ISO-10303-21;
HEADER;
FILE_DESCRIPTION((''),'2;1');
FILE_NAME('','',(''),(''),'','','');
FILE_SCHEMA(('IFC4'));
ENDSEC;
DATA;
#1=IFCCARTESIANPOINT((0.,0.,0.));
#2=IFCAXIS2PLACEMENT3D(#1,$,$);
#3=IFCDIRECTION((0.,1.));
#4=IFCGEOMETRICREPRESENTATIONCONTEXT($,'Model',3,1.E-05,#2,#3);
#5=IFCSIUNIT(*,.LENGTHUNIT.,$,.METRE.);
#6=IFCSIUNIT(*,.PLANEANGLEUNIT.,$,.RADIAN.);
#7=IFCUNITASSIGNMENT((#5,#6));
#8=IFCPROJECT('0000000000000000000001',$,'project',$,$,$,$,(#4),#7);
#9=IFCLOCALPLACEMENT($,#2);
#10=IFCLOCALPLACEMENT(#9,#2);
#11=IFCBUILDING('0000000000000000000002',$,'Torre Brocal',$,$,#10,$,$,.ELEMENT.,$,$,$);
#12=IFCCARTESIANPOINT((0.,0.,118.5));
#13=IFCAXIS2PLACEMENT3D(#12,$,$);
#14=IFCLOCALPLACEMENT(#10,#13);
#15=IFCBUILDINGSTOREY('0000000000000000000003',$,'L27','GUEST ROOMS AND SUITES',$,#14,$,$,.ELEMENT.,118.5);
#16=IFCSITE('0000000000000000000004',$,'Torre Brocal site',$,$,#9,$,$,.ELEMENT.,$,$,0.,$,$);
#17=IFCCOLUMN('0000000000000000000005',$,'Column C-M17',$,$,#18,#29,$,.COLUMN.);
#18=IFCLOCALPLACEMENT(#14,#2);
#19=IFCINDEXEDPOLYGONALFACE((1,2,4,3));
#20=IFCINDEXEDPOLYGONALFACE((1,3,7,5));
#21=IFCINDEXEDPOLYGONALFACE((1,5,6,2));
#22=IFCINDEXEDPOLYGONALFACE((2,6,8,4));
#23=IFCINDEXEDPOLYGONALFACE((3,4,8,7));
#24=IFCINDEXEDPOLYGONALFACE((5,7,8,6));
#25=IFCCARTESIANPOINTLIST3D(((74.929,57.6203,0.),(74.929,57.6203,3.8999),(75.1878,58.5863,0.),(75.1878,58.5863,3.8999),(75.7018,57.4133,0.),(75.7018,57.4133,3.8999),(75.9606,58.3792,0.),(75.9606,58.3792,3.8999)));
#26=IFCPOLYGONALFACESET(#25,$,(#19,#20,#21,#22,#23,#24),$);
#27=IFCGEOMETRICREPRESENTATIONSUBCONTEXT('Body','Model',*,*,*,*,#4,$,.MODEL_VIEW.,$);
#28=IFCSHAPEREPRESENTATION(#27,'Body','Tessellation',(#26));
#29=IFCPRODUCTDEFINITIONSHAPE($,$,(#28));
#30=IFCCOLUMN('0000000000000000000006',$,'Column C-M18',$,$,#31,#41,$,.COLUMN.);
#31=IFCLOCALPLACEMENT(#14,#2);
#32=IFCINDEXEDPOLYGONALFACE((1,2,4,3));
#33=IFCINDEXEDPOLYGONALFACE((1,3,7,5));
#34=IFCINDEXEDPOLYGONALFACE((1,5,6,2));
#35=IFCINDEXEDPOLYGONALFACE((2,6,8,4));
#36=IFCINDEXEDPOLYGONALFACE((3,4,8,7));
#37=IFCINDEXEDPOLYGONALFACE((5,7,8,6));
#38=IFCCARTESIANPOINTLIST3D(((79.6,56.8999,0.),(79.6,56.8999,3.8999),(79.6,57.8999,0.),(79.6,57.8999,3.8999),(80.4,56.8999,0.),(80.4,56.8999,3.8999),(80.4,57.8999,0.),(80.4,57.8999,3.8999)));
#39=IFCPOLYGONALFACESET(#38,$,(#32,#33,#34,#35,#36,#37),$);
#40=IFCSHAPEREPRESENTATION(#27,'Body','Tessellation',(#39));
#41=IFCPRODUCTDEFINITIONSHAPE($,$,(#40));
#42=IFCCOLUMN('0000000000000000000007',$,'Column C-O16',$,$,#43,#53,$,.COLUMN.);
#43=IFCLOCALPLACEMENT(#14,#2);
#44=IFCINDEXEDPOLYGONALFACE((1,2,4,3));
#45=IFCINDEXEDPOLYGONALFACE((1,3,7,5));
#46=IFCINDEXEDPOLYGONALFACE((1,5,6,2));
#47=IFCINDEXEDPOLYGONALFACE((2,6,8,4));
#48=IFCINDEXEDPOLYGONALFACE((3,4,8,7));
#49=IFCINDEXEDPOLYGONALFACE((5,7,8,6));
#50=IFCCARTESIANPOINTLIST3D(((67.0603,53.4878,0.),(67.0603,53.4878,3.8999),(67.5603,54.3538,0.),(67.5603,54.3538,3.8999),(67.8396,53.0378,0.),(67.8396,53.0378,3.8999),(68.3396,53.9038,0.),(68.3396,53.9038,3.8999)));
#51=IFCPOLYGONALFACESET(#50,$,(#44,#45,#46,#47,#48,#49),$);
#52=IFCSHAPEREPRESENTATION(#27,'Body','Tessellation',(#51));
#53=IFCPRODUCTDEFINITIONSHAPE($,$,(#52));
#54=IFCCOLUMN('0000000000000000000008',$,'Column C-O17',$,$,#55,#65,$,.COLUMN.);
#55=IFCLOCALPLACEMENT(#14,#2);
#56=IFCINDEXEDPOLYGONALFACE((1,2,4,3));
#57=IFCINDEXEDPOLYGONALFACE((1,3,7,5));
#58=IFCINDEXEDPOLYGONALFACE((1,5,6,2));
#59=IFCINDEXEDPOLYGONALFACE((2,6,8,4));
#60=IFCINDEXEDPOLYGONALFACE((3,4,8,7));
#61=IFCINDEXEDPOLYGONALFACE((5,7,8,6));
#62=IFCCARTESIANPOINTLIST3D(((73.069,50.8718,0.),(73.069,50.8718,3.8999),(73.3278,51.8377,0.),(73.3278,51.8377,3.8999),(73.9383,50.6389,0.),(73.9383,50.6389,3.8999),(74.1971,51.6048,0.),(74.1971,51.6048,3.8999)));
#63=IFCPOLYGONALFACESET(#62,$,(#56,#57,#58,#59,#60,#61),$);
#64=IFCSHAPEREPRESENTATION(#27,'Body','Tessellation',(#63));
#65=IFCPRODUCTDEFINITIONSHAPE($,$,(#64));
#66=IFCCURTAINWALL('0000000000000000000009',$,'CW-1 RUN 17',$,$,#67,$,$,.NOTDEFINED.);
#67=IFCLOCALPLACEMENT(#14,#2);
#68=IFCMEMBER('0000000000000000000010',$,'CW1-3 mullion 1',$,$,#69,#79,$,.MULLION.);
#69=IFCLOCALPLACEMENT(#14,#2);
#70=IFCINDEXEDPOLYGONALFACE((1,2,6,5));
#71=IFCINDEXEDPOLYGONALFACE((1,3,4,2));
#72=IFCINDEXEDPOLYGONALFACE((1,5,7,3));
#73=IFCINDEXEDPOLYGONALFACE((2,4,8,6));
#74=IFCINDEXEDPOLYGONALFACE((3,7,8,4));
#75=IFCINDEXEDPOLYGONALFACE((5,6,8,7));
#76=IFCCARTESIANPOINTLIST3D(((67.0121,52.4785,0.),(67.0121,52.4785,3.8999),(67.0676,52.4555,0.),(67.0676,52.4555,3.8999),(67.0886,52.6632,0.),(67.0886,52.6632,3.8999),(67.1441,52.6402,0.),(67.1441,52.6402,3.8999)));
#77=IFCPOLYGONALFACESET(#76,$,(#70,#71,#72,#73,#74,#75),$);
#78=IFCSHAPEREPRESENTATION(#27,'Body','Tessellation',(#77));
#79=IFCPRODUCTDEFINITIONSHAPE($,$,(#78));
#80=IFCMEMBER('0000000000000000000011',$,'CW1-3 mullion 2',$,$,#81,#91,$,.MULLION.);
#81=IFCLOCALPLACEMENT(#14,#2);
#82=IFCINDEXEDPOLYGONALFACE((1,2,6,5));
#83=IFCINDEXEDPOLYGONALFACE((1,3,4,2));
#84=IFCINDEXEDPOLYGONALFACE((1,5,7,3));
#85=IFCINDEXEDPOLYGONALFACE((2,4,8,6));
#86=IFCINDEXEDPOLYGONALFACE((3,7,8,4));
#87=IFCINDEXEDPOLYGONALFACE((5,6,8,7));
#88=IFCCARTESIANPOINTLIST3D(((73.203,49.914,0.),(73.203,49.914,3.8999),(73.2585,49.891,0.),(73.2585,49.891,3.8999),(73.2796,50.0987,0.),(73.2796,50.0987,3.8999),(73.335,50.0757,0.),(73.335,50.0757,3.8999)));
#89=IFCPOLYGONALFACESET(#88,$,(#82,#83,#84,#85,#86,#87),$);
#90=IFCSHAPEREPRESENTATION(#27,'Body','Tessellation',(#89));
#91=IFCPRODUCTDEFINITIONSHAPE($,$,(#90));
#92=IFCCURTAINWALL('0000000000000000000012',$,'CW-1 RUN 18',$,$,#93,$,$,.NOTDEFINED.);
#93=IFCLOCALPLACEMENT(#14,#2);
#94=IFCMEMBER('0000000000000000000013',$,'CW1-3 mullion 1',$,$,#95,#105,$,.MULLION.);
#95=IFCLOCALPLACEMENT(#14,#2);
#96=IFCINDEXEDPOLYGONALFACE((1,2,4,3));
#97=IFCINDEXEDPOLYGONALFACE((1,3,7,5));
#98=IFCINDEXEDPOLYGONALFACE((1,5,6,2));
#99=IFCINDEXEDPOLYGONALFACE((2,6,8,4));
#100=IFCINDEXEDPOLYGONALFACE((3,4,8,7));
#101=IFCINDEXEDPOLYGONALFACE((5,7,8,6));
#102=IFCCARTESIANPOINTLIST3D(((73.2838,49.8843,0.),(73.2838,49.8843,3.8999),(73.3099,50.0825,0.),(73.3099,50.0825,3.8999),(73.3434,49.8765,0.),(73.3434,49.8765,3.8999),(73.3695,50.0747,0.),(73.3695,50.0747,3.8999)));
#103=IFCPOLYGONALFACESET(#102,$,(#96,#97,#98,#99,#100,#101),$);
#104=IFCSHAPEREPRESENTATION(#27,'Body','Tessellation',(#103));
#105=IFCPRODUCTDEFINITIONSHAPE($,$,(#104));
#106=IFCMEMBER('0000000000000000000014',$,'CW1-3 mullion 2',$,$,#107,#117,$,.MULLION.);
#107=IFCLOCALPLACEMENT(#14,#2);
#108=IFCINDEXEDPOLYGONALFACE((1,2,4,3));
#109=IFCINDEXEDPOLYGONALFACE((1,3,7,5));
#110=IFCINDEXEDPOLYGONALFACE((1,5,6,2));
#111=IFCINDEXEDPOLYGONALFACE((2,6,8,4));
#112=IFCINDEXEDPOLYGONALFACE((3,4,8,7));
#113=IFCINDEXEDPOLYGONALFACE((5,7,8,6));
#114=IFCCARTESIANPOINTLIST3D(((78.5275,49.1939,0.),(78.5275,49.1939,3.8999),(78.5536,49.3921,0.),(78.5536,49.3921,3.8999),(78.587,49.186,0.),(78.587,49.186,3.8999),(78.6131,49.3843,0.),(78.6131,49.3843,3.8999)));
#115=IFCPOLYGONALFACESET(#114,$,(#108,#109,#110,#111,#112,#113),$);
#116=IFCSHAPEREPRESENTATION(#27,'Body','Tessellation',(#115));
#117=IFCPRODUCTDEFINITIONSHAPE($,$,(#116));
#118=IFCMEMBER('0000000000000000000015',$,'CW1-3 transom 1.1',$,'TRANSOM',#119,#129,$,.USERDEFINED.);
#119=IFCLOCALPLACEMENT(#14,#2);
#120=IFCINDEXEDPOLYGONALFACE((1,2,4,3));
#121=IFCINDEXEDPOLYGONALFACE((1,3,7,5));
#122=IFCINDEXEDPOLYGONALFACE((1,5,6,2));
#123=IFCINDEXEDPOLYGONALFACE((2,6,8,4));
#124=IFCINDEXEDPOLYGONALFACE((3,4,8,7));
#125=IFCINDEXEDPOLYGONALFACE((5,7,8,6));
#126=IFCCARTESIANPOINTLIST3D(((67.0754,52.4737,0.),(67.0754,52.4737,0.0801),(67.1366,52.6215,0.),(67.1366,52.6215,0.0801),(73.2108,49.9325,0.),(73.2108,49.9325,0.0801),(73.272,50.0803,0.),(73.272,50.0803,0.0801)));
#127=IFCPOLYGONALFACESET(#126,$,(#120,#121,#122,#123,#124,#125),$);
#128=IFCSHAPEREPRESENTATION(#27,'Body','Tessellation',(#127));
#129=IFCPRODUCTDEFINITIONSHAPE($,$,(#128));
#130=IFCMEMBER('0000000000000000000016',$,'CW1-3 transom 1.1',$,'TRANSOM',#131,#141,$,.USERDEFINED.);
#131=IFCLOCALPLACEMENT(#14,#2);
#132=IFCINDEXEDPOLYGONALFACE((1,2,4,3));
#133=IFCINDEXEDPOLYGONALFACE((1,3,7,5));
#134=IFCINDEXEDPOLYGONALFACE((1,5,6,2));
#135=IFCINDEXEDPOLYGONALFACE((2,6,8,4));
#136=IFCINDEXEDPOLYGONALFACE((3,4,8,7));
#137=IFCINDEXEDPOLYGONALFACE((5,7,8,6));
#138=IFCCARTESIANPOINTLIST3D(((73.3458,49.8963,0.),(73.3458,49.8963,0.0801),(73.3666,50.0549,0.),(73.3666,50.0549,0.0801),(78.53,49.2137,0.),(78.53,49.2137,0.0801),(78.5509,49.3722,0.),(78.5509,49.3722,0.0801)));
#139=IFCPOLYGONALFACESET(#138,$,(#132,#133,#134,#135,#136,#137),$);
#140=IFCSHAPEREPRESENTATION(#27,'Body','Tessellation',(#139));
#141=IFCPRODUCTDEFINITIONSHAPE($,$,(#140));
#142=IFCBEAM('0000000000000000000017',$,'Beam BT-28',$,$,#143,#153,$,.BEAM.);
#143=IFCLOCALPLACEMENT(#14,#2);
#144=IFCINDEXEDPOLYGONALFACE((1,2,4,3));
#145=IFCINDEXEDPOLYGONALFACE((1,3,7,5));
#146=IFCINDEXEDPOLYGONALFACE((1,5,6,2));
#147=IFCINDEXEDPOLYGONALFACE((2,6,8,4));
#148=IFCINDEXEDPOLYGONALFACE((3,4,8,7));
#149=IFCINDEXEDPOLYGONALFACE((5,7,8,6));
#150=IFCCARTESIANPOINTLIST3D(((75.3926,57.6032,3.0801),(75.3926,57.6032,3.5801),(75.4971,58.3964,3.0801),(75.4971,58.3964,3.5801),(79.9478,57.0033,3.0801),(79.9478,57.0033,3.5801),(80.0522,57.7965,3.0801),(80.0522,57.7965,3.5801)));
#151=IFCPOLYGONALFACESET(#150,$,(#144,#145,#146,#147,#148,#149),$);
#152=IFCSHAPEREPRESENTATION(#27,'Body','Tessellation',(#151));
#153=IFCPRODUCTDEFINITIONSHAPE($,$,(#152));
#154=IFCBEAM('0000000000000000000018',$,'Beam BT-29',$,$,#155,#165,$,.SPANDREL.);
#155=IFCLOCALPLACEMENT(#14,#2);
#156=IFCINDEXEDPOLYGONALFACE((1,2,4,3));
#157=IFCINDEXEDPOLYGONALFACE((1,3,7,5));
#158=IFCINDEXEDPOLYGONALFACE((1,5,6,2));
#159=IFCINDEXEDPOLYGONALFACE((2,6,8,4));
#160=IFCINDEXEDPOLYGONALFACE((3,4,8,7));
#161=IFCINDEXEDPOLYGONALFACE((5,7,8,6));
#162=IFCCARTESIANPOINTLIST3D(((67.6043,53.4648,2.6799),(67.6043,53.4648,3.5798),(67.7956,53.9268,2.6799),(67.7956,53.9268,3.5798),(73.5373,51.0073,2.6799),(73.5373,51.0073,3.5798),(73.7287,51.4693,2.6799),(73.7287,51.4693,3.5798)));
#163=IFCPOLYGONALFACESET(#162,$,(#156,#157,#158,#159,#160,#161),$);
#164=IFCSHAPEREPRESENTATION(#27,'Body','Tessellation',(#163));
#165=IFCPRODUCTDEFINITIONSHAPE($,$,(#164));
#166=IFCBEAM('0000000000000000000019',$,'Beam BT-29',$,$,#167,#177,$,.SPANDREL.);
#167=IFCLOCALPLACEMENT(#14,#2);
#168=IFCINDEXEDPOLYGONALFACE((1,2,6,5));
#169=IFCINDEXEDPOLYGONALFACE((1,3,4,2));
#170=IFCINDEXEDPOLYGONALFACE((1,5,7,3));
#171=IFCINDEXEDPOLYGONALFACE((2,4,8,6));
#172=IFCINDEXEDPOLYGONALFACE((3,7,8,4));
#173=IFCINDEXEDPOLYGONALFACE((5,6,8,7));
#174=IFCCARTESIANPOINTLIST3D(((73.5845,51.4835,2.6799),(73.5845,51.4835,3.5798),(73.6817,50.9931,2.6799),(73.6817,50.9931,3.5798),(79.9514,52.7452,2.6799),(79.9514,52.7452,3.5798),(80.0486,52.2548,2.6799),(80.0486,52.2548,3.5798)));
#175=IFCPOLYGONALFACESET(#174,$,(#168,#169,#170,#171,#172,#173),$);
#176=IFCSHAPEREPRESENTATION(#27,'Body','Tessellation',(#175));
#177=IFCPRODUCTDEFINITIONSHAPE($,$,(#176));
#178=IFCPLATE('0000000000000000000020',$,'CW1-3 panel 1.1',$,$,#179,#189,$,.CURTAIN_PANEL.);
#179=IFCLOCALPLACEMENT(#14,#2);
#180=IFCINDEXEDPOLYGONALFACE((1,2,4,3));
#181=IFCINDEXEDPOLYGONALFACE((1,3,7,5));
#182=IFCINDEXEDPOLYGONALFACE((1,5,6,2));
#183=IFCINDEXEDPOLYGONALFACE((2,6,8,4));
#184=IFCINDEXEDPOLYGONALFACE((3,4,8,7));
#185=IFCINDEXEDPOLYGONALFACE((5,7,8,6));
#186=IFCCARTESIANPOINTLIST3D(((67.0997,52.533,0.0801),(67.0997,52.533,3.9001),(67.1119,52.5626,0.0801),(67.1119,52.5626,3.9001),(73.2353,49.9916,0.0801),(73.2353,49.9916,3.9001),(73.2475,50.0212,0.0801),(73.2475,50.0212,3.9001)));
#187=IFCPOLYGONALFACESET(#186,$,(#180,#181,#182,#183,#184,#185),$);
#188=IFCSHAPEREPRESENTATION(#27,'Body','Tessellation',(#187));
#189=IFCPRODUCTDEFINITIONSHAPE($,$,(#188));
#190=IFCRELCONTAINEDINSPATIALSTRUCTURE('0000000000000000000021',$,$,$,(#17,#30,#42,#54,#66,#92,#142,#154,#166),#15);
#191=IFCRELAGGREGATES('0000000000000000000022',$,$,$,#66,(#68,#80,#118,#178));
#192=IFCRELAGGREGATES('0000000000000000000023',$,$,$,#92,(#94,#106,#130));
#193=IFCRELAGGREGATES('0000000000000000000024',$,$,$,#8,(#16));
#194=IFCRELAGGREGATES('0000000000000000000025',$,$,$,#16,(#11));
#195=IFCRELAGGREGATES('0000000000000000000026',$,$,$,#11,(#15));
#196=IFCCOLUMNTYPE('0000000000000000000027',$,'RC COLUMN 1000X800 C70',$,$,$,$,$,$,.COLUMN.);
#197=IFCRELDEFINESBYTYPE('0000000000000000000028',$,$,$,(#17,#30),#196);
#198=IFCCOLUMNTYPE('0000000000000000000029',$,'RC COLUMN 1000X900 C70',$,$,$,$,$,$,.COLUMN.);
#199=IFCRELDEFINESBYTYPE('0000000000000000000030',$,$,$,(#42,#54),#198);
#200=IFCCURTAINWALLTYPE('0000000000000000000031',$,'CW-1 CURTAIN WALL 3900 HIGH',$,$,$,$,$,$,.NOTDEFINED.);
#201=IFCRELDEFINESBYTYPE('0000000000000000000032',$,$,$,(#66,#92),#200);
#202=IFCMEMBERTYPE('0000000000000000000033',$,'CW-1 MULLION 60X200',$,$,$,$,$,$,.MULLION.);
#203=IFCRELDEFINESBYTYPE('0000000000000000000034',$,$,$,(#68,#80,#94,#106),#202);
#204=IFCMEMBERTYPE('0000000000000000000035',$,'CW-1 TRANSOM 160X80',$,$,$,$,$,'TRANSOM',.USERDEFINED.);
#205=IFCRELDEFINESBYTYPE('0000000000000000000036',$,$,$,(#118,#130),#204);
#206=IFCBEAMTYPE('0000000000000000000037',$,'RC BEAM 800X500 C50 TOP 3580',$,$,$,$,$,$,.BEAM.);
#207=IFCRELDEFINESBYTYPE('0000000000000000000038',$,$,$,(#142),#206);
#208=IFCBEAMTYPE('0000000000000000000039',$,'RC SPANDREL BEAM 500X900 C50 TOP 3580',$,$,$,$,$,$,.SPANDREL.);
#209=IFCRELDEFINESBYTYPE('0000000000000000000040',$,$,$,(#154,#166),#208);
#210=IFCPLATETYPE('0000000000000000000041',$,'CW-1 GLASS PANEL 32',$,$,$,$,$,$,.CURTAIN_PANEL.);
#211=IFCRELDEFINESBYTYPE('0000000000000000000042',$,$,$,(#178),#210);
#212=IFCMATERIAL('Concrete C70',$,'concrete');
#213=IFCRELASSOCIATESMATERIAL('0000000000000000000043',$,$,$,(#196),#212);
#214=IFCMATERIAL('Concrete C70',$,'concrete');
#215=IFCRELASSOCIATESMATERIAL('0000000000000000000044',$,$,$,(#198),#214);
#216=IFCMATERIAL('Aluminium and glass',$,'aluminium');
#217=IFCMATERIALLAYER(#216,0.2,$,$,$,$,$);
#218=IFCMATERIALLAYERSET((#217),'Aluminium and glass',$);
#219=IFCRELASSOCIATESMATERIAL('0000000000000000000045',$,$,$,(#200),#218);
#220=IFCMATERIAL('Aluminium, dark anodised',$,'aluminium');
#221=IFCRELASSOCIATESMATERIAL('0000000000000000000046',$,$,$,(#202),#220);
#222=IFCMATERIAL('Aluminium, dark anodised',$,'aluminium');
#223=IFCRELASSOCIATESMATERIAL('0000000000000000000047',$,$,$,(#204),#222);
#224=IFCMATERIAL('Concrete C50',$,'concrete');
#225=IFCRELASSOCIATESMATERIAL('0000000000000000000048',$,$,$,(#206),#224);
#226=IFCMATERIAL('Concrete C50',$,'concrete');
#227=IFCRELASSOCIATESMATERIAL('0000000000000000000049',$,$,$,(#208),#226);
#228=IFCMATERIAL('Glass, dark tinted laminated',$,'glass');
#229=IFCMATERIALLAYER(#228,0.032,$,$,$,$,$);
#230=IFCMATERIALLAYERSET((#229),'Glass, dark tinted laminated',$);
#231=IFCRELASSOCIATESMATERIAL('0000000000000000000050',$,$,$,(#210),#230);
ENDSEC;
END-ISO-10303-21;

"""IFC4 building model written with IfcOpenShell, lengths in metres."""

from ifc_helpers import new_model, si_unit, direction, frame, origin, origin_2d, place, context, subcontext, project, spatial, rectangle, extrude, material, layer, layer_set, material_profile, profile_set, type_object, element, aggregate, save


model = new_model("IFC4")

# Units and contexts
model_context = context("Model", 3, precision=1e-05, world=origin(), true_north=direction((0.0, 1.0)))
body_context = subcontext(model_context, "Body", "Model", "MODEL_VIEW")
ifc_project = project(units=[si_unit("LENGTHUNIT", "METRE"), si_unit("PLANEANGLEUNIT", "RADIAN")], contexts=[model_context])

# Site, building, storey
site_placement = place(None, origin())
site = spatial("IfcSite", under=ifc_project, at=site_placement, Name="Torre Brocal site", CompositionType="ELEMENT", RefElevation=0.0)
building_placement = place(site_placement, origin())
building = spatial("IfcBuilding", under=site, at=building_placement, Name="Torre Brocal", CompositionType="ELEMENT")
storey_placement = place(building_placement, frame((0.0, 0.0, 118.5)))
storey = spatial("IfcBuildingStorey", under=building, at=storey_placement, Name="L27", Description="GUEST ROOMS AND SUITES", CompositionType="ELEMENT", Elevation=118.5)

# Columns
ifc_material_1 = material(Name="Concrete C70", Category="concrete")
ifc_material_profile_1 = material_profile(ifc_material_1, rectangle(XDim=1.0, YDim=0.8, at=origin_2d()), Name="RC 1000X800")
ifc_profile_set_1 = profile_set([ifc_material_profile_1], Name="Concrete C70")
column_type_1 = type_object("IfcColumnType", Name="RC COLUMN 1000X800 C70", PredefinedType="COLUMN", material=ifc_profile_set_1)
for number, where, z_axis, x_axis, name in (
    (1, (75.4448, 57.9998, 0.0), (0.0, 0.0, 1.0), (-0.258819, -0.965926, 0.0), "Column C-M17"),
    (2, (80.0, 57.3999, 0.0), (0.0, 0.0, 1.0), (0.0, -1.0, 0.0), "Column C-M18"),
):
    element("IfcColumn", number, at=place(storey_placement, frame(where, z_axis=z_axis, x_axis=x_axis)), inside=storey, type_object=column_type_1, Name=name, PredefinedType="COLUMN", context=body_context, shape_type="SweptSolid", body=[
        extrude(rectangle(XDim=1.0, YDim=0.8, at=origin_2d()), origin(), (0.0, 0.0, 1.0), 3.8999),
    ])
ifc_material_2 = material(Name="Concrete C70", Category="concrete")
ifc_material_profile_2 = material_profile(ifc_material_2, rectangle(XDim=1.0, YDim=0.8999, at=origin_2d()), Name="RC 1000X900")
ifc_profile_set_2 = profile_set([ifc_material_profile_2], Name="Concrete C70")
column_type_2 = type_object("IfcColumnType", Name="RC COLUMN 1000X900 C70", PredefinedType="COLUMN", material=ifc_profile_set_2)
for number, where, z_axis, x_axis, name in (
    (3, (67.7, 53.6958, 0.0), (0.0, 0.0, 1.0), (-0.5, -0.866025, 0.0), "Column C-O16"),
    (4, (73.6331, 51.2383, 0.0), (0.0, 0.0, 1.0), (-0.258819, -0.965926, 0.0), "Column C-O17"),
):
    element("IfcColumn", number, at=place(storey_placement, frame(where, z_axis=z_axis, x_axis=x_axis)), inside=storey, type_object=column_type_2, Name=name, PredefinedType="COLUMN", context=body_context, shape_type="SweptSolid", body=[
        extrude(rectangle(XDim=1.0, YDim=0.8999, at=origin_2d()), origin(), (0.0, 0.0, 1.0), 3.8999),
    ])

# Curtain walls, members
ifc_material_3 = material(Name="Aluminium and glass", Category="aluminium")
ifc_layer_1 = layer(ifc_material_3, 0.2)
ifc_layer_set_1 = layer_set([ifc_layer_1], Name="Aluminium and glass")
curtain_wall_type = type_object("IfcCurtainWallType", Name="CW-1 CURTAIN WALL 3900 HIGH", PredefinedType="NOTDEFINED", material=ifc_layer_set_1)
curtain_wall_1_placement = place(storey_placement, origin())
curtain_wall_1 = element("IfcCurtainWall", 5, at=curtain_wall_1_placement, inside=storey, type_object=curtain_wall_type, Name="CW-1 RUN 17", PredefinedType="NOTDEFINED")
ifc_material_4 = material(Name="Aluminium, dark anodised", Category="aluminium")
ifc_material_profile_3 = material_profile(ifc_material_4, rectangle(XDim=0.2, YDim=0.0601, at=origin_2d()), Name="CW-1 MULLION 60X200")
ifc_profile_set_3 = profile_set([ifc_material_profile_3], Name="Aluminium, dark anodised")
member_type_1 = type_object("IfcMemberType", Name="CW-1 MULLION 60X200", PredefinedType="MULLION", material=ifc_profile_set_3)
member_1_placement = place(storey_placement, frame((67.0781, 52.5593, 0.0), z_axis=(0.0, 0.0, 1.0), x_axis=(0.382683, 0.92388, 0.0)))
member_1 = element("IfcMember", 6, at=member_1_placement, type_object=member_type_1, Name="CW1-3 mullion 1", PredefinedType="MULLION", context=body_context, shape_type="SweptSolid", body=[
    extrude(rectangle(XDim=0.2, YDim=0.0601, at=origin_2d()), origin(), (0.0, 0.0, 1.0), 3.8999),
])
member_2_placement = place(storey_placement, frame((73.269, 49.9949, 0.0), z_axis=(0.0, 0.0, 1.0), x_axis=(0.382683, 0.92388, 0.0)))
member_2 = element("IfcMember", 7, at=member_2_placement, type_object=member_type_1, Name="CW1-3 mullion 2", PredefinedType="MULLION", context=body_context, shape_type="SweptSolid", body=[
    extrude(rectangle(XDim=0.2, YDim=0.0601, at=origin_2d()), origin(), (0.0, 0.0, 1.0), 3.8999),
])
curtain_wall_2_placement = place(storey_placement, origin())
curtain_wall_2 = element("IfcCurtainWall", 8, at=curtain_wall_2_placement, inside=storey, type_object=curtain_wall_type, Name="CW-1 RUN 18", PredefinedType="NOTDEFINED")
member_3_placement = place(storey_placement, frame((73.3267, 49.9795, 0.0), z_axis=(0.0, 0.0, 1.0), x_axis=(0.130526, 0.991445, 0.0)))
member_3 = element("IfcMember", 9, at=member_3_placement, type_object=member_type_1, Name="CW1-3 mullion 1", PredefinedType="MULLION", context=body_context, shape_type="SweptSolid", body=[
    extrude(rectangle(XDim=0.2, YDim=0.0601, at=origin_2d()), origin(), (0.0, 0.0, 1.0), 3.8999),
])
member_4_placement = place(storey_placement, frame((78.5703, 49.2891, 0.0), z_axis=(0.0, 0.0, 1.0), x_axis=(0.130526, 0.991445, 0.0)))
member_4 = element("IfcMember", 10, at=member_4_placement, type_object=member_type_1, Name="CW1-3 mullion 2", PredefinedType="MULLION", context=body_context, shape_type="SweptSolid", body=[
    extrude(rectangle(XDim=0.2, YDim=0.0601, at=origin_2d()), origin(), (0.0, 0.0, 1.0), 3.8999),
])

# Members
ifc_material_5 = material(Name="Aluminium, dark anodised", Category="aluminium")
ifc_material_profile_4 = material_profile(ifc_material_5, rectangle(XDim=0.1599, YDim=0.0801, at=origin_2d()), Name="CW-1 TRANSOM 160X80")
ifc_profile_set_4 = profile_set([ifc_material_profile_4], Name="Aluminium, dark anodised")
member_type_2 = type_object("IfcMemberType", Name="CW-1 TRANSOM 160X80", ElementType="TRANSOM", PredefinedType="USERDEFINED", material=ifc_profile_set_4)
member_5_placement = place(storey_placement, frame((67.106, 52.5476, 0.04), z_axis=(0.923887, -0.382665, 0.0), x_axis=(0.382665, 0.923887, 0.0)))
member_5 = element("IfcMember", 11, at=member_5_placement, type_object=member_type_2, Name="CW1-3 transom 1.1", ObjectType="TRANSOM", PredefinedType="USERDEFINED", context=body_context, shape_type="SweptSolid", body=[
    extrude(rectangle(XDim=0.1599, YDim=0.0801, at=origin_2d()), origin(), (0.0, 0.0, 1.0), 6.6409),
])
member_6_placement = place(storey_placement, frame((73.3562, 49.9756, 0.04), z_axis=(0.991443, -0.130543, 0.0), x_axis=(0.130543, 0.991443, 0.0)))
member_6 = element("IfcMember", 12, at=member_6_placement, type_object=member_type_2, Name="CW1-3 transom 1.1", ObjectType="TRANSOM", PredefinedType="USERDEFINED", context=body_context, shape_type="SweptSolid", body=[
    extrude(rectangle(XDim=0.1599, YDim=0.0801, at=origin_2d()), origin(), (0.0, 0.0, 1.0), 5.229),
])

# Beams
ifc_material_6 = material(Name="Concrete C50", Category="concrete")
ifc_material_profile_5 = material_profile(ifc_material_6, rectangle(XDim=0.8, YDim=0.5, at=origin_2d()), Name="RC 800X500")
ifc_profile_set_5 = profile_set([ifc_material_profile_5], Name="Concrete C50")
beam_type_1 = type_object("IfcBeamType", Name="RC BEAM 800X500 C50 TOP 3580", PredefinedType="BEAM", material=ifc_profile_set_5)
beam_1_placement = place(storey_placement, frame((75.4448, 57.9998, 3.3301), z_axis=(0.991441, -0.130559, 0.0), x_axis=(0.130559, 0.991441, 0.0)))
element("IfcBeam", 13, at=beam_1_placement, inside=storey, type_object=beam_type_1, Name="Beam BT-28", PredefinedType="BEAM", context=body_context, shape_type="SweptSolid", body=[
    extrude(rectangle(XDim=0.8, YDim=0.5, at=origin_2d()), origin(), (0.0, 0.0, 1.0), 4.5945),
])
ifc_material_7 = material(Name="Concrete C50", Category="concrete")
ifc_material_profile_6 = material_profile(ifc_material_7, rectangle(XDim=0.5, YDim=0.8999, at=origin_2d()), Name="RC 500X900")
ifc_profile_set_6 = profile_set([ifc_material_profile_6], Name="Concrete C50")
beam_type_2 = type_object("IfcBeamType", Name="RC SPANDREL BEAM 500X900 C50 TOP 3580", PredefinedType="SPANDREL", material=ifc_profile_set_6)
beam_2_placement = place(storey_placement, frame((67.7, 53.6958, 3.1299), z_axis=(0.923882, -0.382676, 0.0), x_axis=(0.382676, 0.923882, 0.0)))
element("IfcBeam", 14, at=beam_2_placement, inside=storey, type_object=beam_type_2, Name="Beam BT-29", PredefinedType="SPANDREL", context=body_context, shape_type="SweptSolid", body=[
    extrude(rectangle(XDim=0.5, YDim=0.8999, at=origin_2d()), origin(), (0.0, 0.0, 1.0), 6.4219),
])
beam_3_placement = place(storey_placement, frame((73.6331, 51.2383, 3.1299), z_axis=(0.980925, 0.194387, 0.0), x_axis=(-0.194387, 0.980925, 0.0)))
element("IfcBeam", 15, at=beam_3_placement, inside=storey, type_object=beam_type_2, Name="Beam BT-29", PredefinedType="SPANDREL", context=body_context, shape_type="SweptSolid", body=[
    extrude(rectangle(XDim=0.5, YDim=0.8999, at=origin_2d()), origin(), (0.0, 0.0, 1.0), 6.4907),
])

# Plate
ifc_material_8 = material(Name="Glass, dark tinted laminated", Category="glass")
ifc_layer_2 = layer(ifc_material_8, 0.032)
ifc_layer_set_2 = layer_set([ifc_layer_2], Name="Glass, dark tinted laminated")
plate_type = type_object("IfcPlateType", Name="CW-1 GLASS PANEL 32", PredefinedType="CURTAIN_PANEL", material=ifc_layer_set_2)
plate_1_placement = place(storey_placement, frame((70.1736, 51.2771, 0.0801), z_axis=(0.0, 0.0, 1.0), x_axis=(0.92388, -0.382683, 0.0)))
plate_1 = element("IfcPlate", 16, at=plate_1_placement, type_object=plate_type, Name="CW1-3 panel 1.1", PredefinedType="CURTAIN_PANEL", context=body_context, shape_type="SweptSolid", body=[
    extrude(rectangle(XDim=6.6411, YDim=0.032, at=origin_2d()), origin(), (0.0, 0.0, 1.0), 3.8201),
])
aggregate(curtain_wall_1, [member_1, member_2, member_5, plate_1])
aggregate(curtain_wall_2, [member_3, member_4, member_6])

save(model, "model.ifc")
